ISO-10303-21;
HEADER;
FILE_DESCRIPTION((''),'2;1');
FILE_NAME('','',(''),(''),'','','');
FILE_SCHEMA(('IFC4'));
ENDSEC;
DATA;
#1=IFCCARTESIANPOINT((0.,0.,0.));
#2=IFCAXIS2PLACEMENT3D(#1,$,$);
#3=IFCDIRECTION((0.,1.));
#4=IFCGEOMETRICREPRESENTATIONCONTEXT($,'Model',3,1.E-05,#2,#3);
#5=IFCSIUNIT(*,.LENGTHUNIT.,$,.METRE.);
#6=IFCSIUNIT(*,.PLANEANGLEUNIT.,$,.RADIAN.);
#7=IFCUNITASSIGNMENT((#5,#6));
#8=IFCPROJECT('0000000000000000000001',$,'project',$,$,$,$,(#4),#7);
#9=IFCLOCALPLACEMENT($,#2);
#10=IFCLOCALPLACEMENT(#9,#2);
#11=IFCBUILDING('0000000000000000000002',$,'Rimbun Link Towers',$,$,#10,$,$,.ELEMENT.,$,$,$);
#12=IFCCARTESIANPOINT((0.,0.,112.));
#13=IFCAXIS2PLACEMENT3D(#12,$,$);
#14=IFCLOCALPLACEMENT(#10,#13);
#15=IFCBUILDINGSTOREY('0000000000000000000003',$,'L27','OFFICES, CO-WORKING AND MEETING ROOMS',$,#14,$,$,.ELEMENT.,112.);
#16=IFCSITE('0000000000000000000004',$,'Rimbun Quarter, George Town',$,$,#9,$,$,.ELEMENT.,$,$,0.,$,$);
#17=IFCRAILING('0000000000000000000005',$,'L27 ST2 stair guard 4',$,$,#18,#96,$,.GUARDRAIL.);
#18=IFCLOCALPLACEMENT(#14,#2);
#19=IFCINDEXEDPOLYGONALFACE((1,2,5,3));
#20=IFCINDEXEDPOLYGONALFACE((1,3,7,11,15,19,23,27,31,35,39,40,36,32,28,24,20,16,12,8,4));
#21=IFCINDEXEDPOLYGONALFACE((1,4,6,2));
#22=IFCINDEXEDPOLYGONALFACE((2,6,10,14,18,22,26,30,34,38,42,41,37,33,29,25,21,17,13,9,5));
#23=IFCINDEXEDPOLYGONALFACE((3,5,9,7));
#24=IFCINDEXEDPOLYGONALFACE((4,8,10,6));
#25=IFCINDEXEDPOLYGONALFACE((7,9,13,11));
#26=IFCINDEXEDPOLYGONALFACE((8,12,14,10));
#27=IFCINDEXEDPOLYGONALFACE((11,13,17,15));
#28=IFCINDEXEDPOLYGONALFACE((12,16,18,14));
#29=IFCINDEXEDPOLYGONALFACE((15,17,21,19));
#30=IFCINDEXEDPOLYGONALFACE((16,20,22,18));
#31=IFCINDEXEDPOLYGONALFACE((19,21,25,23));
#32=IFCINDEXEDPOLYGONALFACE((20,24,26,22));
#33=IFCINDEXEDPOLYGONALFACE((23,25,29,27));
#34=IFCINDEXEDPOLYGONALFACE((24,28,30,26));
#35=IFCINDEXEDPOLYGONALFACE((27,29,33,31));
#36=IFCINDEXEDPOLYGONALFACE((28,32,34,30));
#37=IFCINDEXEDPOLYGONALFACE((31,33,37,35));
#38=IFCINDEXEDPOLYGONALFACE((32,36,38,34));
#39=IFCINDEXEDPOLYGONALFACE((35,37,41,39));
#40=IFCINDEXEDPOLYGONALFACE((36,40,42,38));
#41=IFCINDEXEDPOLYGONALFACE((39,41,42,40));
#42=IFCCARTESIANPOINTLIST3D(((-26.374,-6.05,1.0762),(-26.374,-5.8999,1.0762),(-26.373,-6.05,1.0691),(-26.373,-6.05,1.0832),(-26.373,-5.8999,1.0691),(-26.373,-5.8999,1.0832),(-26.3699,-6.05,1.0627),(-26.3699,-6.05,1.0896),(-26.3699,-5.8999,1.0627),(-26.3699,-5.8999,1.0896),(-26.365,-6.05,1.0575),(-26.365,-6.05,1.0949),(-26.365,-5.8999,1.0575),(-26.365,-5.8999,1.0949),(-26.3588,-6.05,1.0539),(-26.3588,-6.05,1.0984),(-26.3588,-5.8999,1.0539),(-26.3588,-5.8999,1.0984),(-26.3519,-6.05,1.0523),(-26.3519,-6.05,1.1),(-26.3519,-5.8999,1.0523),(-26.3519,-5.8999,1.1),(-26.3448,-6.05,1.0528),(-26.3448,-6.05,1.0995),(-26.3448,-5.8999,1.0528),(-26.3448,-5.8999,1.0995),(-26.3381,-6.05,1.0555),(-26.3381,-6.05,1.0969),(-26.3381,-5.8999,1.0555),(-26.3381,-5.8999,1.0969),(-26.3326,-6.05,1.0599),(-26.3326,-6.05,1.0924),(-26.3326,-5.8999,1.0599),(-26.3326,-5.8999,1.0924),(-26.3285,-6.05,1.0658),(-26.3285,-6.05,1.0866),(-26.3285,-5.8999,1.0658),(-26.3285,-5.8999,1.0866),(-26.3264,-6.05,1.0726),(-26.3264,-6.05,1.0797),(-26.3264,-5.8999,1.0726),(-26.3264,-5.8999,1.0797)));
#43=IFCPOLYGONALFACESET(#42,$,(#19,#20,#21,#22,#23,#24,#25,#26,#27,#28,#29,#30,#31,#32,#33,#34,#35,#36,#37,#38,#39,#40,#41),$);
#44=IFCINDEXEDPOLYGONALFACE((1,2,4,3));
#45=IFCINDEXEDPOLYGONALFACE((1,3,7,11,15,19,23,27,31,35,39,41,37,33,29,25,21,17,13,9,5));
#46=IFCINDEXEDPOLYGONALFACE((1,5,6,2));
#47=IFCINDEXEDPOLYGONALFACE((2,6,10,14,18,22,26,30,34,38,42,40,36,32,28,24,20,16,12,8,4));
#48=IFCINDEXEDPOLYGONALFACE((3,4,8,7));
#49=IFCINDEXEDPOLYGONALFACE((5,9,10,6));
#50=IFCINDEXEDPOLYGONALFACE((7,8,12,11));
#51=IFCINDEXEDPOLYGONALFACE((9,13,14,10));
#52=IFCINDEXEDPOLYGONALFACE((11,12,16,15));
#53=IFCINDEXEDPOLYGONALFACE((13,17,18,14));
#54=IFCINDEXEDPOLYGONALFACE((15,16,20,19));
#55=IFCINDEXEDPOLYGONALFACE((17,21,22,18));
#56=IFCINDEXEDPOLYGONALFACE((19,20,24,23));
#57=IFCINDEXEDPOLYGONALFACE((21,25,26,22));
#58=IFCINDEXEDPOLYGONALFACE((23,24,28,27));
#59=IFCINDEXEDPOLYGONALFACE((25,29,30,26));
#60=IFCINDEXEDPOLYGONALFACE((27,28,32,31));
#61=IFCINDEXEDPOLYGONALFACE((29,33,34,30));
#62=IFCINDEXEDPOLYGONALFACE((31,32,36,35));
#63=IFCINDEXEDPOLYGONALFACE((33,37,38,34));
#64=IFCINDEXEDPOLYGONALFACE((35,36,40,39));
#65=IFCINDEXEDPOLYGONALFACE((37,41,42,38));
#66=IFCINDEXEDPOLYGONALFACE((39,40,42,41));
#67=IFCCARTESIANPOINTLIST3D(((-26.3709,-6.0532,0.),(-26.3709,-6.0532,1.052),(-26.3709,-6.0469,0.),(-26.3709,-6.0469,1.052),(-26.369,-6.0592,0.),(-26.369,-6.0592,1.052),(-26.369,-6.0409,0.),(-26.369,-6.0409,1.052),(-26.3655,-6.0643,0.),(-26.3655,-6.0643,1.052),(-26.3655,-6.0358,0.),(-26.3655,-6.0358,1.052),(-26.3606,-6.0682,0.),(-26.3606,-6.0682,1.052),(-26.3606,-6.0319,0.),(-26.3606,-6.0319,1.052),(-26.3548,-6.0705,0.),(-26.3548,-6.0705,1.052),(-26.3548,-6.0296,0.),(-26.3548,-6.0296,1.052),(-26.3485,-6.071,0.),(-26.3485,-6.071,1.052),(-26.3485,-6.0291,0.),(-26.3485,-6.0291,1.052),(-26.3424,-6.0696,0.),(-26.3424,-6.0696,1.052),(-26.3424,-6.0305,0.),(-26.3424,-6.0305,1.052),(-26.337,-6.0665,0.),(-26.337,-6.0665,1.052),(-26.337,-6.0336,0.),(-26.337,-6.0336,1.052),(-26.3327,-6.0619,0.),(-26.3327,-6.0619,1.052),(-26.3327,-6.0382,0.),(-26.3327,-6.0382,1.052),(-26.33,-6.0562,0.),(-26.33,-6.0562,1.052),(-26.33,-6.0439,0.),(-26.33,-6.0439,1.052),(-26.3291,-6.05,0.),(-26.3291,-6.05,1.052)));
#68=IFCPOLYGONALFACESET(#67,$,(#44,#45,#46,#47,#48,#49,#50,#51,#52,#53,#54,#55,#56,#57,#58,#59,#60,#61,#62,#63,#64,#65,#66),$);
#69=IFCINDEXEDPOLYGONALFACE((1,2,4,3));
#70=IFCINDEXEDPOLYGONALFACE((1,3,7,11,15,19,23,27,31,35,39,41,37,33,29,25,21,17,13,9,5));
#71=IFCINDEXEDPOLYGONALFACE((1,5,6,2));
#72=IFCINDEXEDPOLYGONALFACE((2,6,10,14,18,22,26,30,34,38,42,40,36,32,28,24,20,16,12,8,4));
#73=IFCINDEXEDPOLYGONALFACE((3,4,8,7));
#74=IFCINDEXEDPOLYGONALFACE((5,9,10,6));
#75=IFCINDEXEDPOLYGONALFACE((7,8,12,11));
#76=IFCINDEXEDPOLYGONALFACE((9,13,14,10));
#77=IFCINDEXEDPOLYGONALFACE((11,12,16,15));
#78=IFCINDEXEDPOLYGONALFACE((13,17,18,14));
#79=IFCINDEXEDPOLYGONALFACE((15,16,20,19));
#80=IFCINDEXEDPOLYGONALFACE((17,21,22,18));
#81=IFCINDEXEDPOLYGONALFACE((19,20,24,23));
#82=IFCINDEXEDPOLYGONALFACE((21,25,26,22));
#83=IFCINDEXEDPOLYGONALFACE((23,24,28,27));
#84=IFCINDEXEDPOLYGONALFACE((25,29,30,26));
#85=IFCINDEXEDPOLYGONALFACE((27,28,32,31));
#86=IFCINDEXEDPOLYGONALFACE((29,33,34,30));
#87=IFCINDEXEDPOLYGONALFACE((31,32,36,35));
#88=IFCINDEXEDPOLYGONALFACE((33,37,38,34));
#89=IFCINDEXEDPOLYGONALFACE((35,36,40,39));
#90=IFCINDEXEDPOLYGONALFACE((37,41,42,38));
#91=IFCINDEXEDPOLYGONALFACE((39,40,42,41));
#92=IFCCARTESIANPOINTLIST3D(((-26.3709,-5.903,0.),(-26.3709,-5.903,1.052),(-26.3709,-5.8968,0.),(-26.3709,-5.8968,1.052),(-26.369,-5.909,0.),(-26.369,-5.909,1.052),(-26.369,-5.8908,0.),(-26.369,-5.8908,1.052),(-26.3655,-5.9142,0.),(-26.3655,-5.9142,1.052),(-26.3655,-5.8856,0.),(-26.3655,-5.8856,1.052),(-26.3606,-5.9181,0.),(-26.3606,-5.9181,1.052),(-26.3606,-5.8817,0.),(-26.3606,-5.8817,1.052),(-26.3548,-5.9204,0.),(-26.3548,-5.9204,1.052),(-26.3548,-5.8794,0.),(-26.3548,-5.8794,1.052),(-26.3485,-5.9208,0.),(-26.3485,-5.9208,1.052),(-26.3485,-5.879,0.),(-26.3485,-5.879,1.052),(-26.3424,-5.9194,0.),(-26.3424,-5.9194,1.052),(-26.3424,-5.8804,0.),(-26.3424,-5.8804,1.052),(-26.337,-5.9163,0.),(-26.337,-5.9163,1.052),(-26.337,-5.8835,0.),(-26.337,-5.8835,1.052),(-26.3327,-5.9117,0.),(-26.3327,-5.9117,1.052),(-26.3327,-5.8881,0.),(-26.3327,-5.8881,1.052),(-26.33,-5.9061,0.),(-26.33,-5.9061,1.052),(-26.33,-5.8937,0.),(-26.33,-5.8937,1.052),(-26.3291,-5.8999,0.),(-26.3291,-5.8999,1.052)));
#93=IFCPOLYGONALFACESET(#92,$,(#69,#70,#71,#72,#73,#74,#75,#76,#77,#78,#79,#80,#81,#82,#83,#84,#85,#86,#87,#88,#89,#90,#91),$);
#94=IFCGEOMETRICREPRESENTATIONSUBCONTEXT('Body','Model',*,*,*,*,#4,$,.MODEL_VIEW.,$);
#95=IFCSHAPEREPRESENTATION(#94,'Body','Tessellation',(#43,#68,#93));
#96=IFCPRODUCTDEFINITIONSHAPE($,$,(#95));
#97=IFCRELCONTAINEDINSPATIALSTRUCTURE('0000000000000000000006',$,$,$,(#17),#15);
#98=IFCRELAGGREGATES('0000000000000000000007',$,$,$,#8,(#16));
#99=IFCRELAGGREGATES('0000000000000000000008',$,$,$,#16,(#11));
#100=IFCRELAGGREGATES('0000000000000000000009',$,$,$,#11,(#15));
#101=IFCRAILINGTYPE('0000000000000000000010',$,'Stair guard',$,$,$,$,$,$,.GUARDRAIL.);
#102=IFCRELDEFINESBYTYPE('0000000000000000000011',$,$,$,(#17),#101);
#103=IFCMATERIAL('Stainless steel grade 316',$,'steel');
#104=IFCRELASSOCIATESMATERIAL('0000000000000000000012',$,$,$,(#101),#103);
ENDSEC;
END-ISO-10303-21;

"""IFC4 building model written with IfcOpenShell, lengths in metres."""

from ifc_helpers import new_model, si_unit, direction, frame, origin, origin_2d, place, context, subcontext, project, spatial, circle, extrude, material, type_object, element, save


model = new_model("IFC4")

# Units and contexts
model_context = context("Model", 3, precision=1e-05, world=origin(), true_north=direction((0.0, 1.0)))
body_context = subcontext(model_context, "Body", "Model", "MODEL_VIEW")
ifc_project = project(units=[si_unit("LENGTHUNIT", "METRE"), si_unit("PLANEANGLEUNIT", "RADIAN")], contexts=[model_context])

# Site, building, storey
site_placement = place(None, origin())
site = spatial("IfcSite", under=ifc_project, at=site_placement, Name="Rimbun Quarter, George Town", CompositionType="ELEMENT", RefElevation=0.0)
building_placement = place(site_placement, origin())
building = spatial("IfcBuilding", under=site, at=building_placement, Name="Rimbun Link Towers", CompositionType="ELEMENT")
storey_placement = place(building_placement, frame((0.0, 0.0, 112.0)))
storey = spatial("IfcBuildingStorey", under=building, at=storey_placement, Name="L27", Description="OFFICES, CO-WORKING AND MEETING ROOMS", CompositionType="ELEMENT", Elevation=112.0)

# Railing
ifc_material_1 = material(Name="Stainless steel grade 316", Category="steel")
railing_type_1 = type_object("IfcRailingType", Name="Stair guard", PredefinedType="GUARDRAIL", material=ifc_material_1)
railing_1_placement = place(storey_placement, frame((-26.3501, -6.05, 0.0)))
element("IfcRailing", 1, at=railing_1_placement, inside=storey, type_object=railing_type_1, Name="L27 ST2 stair guard 4", PredefinedType="GUARDRAIL", context=body_context, shape_type="SweptSolid", body=[
    extrude(circle(Radius=0.0239, at=origin_2d()), frame((0.0, 0.0, 1.0762), z_axis=(0.0, 1.0, 0.0), x_axis=(-1.0, 0.0, 0.0)), (0.0, 0.0, 1.0), 0.1501),
    extrude(circle(Radius=0.021, at=origin_2d()), origin(), (0.0, 0.0, 1.0), 1.052),
    extrude(circle(Radius=0.021, at=origin_2d()), frame((0.0, 0.1501, 0.0)), (0.0, 0.0, 1.0), 1.052),
])

save(model, "model.ifc")
